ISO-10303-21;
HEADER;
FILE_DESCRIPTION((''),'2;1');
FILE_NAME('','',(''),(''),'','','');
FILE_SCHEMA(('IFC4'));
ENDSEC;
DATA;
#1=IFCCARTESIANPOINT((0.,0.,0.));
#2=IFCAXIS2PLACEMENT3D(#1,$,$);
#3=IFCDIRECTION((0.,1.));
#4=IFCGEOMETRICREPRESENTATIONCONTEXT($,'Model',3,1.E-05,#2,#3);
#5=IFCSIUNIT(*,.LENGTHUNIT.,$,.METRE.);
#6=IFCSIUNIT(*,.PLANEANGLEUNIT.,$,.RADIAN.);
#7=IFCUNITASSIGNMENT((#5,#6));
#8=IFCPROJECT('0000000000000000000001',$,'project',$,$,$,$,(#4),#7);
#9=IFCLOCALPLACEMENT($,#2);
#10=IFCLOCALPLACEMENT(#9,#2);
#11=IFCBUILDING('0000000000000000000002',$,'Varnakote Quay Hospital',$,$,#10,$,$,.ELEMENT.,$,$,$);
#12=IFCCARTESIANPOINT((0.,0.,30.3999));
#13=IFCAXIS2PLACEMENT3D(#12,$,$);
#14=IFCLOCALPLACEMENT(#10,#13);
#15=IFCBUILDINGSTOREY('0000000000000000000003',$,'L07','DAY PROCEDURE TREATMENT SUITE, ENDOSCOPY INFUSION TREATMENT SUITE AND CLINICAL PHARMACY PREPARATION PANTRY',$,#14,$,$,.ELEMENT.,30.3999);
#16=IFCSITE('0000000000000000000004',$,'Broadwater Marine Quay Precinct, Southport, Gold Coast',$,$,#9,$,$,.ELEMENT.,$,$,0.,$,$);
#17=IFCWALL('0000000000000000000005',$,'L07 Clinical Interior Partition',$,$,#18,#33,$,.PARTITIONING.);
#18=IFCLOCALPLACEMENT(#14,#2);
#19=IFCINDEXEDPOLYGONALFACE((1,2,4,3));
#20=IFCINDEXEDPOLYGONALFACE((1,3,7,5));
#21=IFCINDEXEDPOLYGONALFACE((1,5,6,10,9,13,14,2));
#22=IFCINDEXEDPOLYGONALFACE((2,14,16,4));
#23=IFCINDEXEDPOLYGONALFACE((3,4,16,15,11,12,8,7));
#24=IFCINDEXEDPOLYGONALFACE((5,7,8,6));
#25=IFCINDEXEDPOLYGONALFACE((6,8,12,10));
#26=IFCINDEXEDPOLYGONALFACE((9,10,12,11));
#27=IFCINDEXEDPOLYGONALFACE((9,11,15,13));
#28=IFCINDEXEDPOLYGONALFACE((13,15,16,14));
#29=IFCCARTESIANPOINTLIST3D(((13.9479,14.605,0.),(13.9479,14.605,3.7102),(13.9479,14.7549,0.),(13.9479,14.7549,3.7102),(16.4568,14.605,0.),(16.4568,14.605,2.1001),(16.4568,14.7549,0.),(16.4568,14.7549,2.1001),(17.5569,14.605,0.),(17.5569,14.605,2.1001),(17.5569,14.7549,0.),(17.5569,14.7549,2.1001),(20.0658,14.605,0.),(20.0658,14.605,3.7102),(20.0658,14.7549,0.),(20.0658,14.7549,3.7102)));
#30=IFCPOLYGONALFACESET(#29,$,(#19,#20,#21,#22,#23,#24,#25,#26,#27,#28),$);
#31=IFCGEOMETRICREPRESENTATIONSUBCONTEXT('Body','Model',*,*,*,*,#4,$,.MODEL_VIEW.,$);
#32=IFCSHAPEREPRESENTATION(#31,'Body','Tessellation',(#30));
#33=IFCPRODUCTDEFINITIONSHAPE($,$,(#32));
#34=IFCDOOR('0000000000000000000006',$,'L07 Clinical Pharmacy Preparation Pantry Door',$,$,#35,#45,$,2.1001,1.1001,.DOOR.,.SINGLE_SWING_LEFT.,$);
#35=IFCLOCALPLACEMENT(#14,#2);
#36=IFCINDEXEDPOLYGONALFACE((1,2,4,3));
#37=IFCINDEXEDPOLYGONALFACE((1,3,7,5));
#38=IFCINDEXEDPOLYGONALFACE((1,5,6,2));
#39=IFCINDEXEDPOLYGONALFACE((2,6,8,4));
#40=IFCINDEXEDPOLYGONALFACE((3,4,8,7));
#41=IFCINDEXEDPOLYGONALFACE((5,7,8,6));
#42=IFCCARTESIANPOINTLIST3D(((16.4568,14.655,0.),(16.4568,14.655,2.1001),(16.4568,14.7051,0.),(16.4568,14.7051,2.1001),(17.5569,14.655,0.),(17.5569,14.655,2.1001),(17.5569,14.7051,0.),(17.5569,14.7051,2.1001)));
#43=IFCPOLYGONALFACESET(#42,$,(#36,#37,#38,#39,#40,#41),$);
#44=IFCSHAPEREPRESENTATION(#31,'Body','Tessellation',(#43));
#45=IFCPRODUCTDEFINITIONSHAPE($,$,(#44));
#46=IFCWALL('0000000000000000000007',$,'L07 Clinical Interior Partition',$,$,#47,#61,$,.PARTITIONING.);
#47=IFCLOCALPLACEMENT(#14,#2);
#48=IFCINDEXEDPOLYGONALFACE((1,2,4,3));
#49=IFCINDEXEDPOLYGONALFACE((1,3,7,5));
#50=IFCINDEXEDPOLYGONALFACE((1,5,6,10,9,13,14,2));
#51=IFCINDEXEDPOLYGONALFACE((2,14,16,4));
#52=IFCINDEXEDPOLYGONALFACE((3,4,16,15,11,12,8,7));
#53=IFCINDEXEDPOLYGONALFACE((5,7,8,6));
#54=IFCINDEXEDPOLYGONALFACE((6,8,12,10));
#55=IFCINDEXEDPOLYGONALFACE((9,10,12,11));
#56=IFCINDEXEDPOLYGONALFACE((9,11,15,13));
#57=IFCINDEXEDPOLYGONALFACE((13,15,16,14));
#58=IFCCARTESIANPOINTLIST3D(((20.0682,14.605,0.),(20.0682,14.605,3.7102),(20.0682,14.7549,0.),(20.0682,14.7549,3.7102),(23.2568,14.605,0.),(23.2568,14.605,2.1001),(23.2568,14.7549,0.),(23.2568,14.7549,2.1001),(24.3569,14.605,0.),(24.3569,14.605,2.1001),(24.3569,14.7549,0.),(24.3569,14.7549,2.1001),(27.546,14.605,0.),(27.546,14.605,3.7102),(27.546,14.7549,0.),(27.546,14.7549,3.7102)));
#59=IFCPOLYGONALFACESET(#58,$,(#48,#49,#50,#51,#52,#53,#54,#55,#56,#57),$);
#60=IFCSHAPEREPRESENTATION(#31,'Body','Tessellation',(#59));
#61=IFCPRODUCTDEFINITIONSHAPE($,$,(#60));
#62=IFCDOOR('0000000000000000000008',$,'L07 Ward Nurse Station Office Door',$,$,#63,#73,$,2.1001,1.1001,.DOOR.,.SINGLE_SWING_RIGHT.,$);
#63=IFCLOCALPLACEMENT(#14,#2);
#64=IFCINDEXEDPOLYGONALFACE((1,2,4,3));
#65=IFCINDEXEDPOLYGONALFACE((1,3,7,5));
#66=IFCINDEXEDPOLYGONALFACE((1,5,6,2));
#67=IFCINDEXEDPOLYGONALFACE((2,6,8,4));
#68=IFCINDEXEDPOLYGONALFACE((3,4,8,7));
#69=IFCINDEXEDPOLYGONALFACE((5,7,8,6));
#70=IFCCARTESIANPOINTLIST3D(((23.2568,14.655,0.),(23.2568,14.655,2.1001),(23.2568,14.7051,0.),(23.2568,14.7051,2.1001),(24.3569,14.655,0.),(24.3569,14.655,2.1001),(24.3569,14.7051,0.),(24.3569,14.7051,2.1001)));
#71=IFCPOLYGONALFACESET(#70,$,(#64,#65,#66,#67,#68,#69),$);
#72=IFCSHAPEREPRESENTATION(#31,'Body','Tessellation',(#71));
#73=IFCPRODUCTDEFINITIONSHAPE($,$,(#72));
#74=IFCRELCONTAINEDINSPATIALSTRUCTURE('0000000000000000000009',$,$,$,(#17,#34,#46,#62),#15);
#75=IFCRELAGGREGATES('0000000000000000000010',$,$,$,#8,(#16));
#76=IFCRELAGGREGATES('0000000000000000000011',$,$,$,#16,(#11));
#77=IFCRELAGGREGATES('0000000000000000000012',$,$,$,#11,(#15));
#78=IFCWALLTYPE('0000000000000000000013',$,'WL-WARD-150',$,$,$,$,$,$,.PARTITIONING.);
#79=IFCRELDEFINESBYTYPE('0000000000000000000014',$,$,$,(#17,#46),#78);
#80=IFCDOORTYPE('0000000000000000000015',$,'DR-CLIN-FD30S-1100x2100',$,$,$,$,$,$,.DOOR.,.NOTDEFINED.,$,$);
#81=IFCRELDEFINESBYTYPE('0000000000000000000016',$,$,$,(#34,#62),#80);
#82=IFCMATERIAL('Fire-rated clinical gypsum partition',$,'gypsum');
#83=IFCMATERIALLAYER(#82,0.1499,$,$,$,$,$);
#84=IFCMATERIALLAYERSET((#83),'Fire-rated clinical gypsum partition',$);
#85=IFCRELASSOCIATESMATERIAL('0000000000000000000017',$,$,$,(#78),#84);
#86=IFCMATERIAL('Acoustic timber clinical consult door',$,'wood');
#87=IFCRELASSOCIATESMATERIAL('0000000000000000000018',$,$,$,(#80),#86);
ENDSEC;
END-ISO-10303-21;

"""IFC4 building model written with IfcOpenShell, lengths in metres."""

from ifc_helpers import new_model, si_unit, direction, frame, frame_2d, origin, place, context, subcontext, project, spatial, rectangle, extrude, material, layer, layer_set, type_object, element, fill, save


model = new_model("IFC4")

# Units and contexts
model_context = context("Model", 3, precision=1e-05, world=origin(), true_north=direction((0.0, 1.0)))
body_context = subcontext(model_context, "Body", "Model", "MODEL_VIEW")
ifc_project = project(units=[si_unit("LENGTHUNIT", "METRE"), si_unit("PLANEANGLEUNIT", "RADIAN")], contexts=[model_context])

# Site, building, storey
site_placement = place(None, origin())
site = spatial("IfcSite", under=ifc_project, at=site_placement, Name="Broadwater Marine Quay Precinct, Southport, Gold Coast", CompositionType="ELEMENT", RefElevation=0.0)
building_placement = place(site_placement, origin())
building = spatial("IfcBuilding", under=site, at=building_placement, Name="Varnakote Quay Hospital", CompositionType="ELEMENT")
storey_placement = place(building_placement, frame((0.0, 0.0, 30.3999)))
storey = spatial("IfcBuildingStorey", under=building, at=storey_placement, Name="L07", Description="DAY PROCEDURE TREATMENT SUITE, ENDOSCOPY INFUSION TREATMENT SUITE AND CLINICAL PHARMACY PREPARATION PANTRY", CompositionType="ELEMENT", Elevation=30.3999)

# Walls, openings, doors
ifc_material_1 = material(Name="Fire-rated clinical gypsum partition", Category="gypsum")
ifc_layer_1 = layer(ifc_material_1, 0.1499)
ifc_layer_set_1 = layer_set([ifc_layer_1], Name="Fire-rated clinical gypsum partition")
wall_type_1 = type_object("IfcWallType", Name="WL-WARD-150", PredefinedType="PARTITIONING", material=ifc_layer_set_1)
ifc_material_2 = material(Name="Acoustic timber clinical consult door", Category="wood")
door_type_1 = type_object("IfcDoorType", Name="DR-CLIN-FD30S-1100x2100", OperationType="NOTDEFINED", PredefinedType="DOOR", material=ifc_material_2)
wall_1_placement = place(storey_placement, frame((20.0659, 14.6799, 0.0), z_axis=(0.0, 0.0, 1.0), x_axis=(-1.0, 0.0, 0.0)))
wall_1 = element("IfcWall", 1, at=wall_1_placement, inside=storey, type_object=wall_type_1, Name="L07 Clinical Interior Partition", PredefinedType="PARTITIONING", context=body_context, shape_type="SweptSolid", body=[
    extrude(rectangle(XDim=6.1179, YDim=0.1499, at=frame_2d((3.0591, 0.0))), origin(), (0.0, 0.0, 1.0), 3.7102),
])
opening_1_placement = place(wall_1_placement, frame((2.509, 0.0, 0.0)))
opening_1 = element("IfcOpeningElement", 2, at=opening_1_placement, cuts=wall_1, PredefinedType="OPENING", context=body_context, shape_type="SweptSolid", body=[
    extrude(rectangle(XDim=1.1001, YDim=2.1001, at=frame_2d((0.55, 1.05))), frame((0.0, 0.085, 0.0), z_axis=(0.0, -1.0, 0.0), x_axis=(1.0, 0.0, 0.0)), (0.0, 0.0, 1.0), 0.1699),
])
door_1_placement = place(opening_1_placement, origin())
door_1 = element("IfcDoor", 3, at=door_1_placement, inside=storey, type_object=door_type_1, Name="L07 Clinical Pharmacy Preparation Pantry Door", OperationType="SINGLE_SWING_LEFT", OverallHeight=2.1001, OverallWidth=1.1001, PredefinedType="DOOR", context=body_context, shape_type="SweptSolid", body=[
    extrude(rectangle(XDim=1.1001, YDim=2.1001, at=frame_2d((0.55, 1.05))), frame((0.0, 0.0249, 0.0), z_axis=(0.0, -1.0, 0.0), x_axis=(1.0, 0.0, 0.0)), (0.0, 0.0, 1.0), 0.05),
])
fill(opening_1, door_1)
wall_2_placement = place(storey_placement, frame((27.5459, 14.6799, 0.0), z_axis=(0.0, 0.0, 1.0), x_axis=(-1.0, 0.0, 0.0)))
wall_2 = element("IfcWall", 4, at=wall_2_placement, inside=storey, type_object=wall_type_1, Name="L07 Clinical Interior Partition", PredefinedType="PARTITIONING", context=body_context, shape_type="SweptSolid", body=[
    extrude(rectangle(XDim=7.4778, YDim=0.1499, at=frame_2d((3.7388, 0.0))), origin(), (0.0, 0.0, 1.0), 3.7102),
])
opening_2_placement = place(wall_2_placement, frame((3.189, 0.0, 0.0)))
opening_2 = element("IfcOpeningElement", 5, at=opening_2_placement, cuts=wall_2, PredefinedType="OPENING", context=body_context, shape_type="SweptSolid", body=[
    extrude(rectangle(XDim=1.1001, YDim=2.1001, at=frame_2d((0.55, 1.05))), frame((0.0, 0.085, 0.0), z_axis=(0.0, -1.0, 0.0), x_axis=(1.0, 0.0, 0.0)), (0.0, 0.0, 1.0), 0.1699),
])
door_2_placement = place(opening_2_placement, origin())
door_2 = element("IfcDoor", 6, at=door_2_placement, inside=storey, type_object=door_type_1, Name="L07 Ward Nurse Station Office Door", OperationType="SINGLE_SWING_RIGHT", OverallHeight=2.1001, OverallWidth=1.1001, PredefinedType="DOOR", context=body_context, shape_type="SweptSolid", body=[
    extrude(rectangle(XDim=1.1001, YDim=2.1001, at=frame_2d((0.55, 1.05))), frame((0.0, 0.0249, 0.0), z_axis=(0.0, -1.0, 0.0), x_axis=(1.0, 0.0, 0.0)), (0.0, 0.0, 1.0), 0.05),
])
fill(opening_2, door_2)

save(model, "model.ifc")
